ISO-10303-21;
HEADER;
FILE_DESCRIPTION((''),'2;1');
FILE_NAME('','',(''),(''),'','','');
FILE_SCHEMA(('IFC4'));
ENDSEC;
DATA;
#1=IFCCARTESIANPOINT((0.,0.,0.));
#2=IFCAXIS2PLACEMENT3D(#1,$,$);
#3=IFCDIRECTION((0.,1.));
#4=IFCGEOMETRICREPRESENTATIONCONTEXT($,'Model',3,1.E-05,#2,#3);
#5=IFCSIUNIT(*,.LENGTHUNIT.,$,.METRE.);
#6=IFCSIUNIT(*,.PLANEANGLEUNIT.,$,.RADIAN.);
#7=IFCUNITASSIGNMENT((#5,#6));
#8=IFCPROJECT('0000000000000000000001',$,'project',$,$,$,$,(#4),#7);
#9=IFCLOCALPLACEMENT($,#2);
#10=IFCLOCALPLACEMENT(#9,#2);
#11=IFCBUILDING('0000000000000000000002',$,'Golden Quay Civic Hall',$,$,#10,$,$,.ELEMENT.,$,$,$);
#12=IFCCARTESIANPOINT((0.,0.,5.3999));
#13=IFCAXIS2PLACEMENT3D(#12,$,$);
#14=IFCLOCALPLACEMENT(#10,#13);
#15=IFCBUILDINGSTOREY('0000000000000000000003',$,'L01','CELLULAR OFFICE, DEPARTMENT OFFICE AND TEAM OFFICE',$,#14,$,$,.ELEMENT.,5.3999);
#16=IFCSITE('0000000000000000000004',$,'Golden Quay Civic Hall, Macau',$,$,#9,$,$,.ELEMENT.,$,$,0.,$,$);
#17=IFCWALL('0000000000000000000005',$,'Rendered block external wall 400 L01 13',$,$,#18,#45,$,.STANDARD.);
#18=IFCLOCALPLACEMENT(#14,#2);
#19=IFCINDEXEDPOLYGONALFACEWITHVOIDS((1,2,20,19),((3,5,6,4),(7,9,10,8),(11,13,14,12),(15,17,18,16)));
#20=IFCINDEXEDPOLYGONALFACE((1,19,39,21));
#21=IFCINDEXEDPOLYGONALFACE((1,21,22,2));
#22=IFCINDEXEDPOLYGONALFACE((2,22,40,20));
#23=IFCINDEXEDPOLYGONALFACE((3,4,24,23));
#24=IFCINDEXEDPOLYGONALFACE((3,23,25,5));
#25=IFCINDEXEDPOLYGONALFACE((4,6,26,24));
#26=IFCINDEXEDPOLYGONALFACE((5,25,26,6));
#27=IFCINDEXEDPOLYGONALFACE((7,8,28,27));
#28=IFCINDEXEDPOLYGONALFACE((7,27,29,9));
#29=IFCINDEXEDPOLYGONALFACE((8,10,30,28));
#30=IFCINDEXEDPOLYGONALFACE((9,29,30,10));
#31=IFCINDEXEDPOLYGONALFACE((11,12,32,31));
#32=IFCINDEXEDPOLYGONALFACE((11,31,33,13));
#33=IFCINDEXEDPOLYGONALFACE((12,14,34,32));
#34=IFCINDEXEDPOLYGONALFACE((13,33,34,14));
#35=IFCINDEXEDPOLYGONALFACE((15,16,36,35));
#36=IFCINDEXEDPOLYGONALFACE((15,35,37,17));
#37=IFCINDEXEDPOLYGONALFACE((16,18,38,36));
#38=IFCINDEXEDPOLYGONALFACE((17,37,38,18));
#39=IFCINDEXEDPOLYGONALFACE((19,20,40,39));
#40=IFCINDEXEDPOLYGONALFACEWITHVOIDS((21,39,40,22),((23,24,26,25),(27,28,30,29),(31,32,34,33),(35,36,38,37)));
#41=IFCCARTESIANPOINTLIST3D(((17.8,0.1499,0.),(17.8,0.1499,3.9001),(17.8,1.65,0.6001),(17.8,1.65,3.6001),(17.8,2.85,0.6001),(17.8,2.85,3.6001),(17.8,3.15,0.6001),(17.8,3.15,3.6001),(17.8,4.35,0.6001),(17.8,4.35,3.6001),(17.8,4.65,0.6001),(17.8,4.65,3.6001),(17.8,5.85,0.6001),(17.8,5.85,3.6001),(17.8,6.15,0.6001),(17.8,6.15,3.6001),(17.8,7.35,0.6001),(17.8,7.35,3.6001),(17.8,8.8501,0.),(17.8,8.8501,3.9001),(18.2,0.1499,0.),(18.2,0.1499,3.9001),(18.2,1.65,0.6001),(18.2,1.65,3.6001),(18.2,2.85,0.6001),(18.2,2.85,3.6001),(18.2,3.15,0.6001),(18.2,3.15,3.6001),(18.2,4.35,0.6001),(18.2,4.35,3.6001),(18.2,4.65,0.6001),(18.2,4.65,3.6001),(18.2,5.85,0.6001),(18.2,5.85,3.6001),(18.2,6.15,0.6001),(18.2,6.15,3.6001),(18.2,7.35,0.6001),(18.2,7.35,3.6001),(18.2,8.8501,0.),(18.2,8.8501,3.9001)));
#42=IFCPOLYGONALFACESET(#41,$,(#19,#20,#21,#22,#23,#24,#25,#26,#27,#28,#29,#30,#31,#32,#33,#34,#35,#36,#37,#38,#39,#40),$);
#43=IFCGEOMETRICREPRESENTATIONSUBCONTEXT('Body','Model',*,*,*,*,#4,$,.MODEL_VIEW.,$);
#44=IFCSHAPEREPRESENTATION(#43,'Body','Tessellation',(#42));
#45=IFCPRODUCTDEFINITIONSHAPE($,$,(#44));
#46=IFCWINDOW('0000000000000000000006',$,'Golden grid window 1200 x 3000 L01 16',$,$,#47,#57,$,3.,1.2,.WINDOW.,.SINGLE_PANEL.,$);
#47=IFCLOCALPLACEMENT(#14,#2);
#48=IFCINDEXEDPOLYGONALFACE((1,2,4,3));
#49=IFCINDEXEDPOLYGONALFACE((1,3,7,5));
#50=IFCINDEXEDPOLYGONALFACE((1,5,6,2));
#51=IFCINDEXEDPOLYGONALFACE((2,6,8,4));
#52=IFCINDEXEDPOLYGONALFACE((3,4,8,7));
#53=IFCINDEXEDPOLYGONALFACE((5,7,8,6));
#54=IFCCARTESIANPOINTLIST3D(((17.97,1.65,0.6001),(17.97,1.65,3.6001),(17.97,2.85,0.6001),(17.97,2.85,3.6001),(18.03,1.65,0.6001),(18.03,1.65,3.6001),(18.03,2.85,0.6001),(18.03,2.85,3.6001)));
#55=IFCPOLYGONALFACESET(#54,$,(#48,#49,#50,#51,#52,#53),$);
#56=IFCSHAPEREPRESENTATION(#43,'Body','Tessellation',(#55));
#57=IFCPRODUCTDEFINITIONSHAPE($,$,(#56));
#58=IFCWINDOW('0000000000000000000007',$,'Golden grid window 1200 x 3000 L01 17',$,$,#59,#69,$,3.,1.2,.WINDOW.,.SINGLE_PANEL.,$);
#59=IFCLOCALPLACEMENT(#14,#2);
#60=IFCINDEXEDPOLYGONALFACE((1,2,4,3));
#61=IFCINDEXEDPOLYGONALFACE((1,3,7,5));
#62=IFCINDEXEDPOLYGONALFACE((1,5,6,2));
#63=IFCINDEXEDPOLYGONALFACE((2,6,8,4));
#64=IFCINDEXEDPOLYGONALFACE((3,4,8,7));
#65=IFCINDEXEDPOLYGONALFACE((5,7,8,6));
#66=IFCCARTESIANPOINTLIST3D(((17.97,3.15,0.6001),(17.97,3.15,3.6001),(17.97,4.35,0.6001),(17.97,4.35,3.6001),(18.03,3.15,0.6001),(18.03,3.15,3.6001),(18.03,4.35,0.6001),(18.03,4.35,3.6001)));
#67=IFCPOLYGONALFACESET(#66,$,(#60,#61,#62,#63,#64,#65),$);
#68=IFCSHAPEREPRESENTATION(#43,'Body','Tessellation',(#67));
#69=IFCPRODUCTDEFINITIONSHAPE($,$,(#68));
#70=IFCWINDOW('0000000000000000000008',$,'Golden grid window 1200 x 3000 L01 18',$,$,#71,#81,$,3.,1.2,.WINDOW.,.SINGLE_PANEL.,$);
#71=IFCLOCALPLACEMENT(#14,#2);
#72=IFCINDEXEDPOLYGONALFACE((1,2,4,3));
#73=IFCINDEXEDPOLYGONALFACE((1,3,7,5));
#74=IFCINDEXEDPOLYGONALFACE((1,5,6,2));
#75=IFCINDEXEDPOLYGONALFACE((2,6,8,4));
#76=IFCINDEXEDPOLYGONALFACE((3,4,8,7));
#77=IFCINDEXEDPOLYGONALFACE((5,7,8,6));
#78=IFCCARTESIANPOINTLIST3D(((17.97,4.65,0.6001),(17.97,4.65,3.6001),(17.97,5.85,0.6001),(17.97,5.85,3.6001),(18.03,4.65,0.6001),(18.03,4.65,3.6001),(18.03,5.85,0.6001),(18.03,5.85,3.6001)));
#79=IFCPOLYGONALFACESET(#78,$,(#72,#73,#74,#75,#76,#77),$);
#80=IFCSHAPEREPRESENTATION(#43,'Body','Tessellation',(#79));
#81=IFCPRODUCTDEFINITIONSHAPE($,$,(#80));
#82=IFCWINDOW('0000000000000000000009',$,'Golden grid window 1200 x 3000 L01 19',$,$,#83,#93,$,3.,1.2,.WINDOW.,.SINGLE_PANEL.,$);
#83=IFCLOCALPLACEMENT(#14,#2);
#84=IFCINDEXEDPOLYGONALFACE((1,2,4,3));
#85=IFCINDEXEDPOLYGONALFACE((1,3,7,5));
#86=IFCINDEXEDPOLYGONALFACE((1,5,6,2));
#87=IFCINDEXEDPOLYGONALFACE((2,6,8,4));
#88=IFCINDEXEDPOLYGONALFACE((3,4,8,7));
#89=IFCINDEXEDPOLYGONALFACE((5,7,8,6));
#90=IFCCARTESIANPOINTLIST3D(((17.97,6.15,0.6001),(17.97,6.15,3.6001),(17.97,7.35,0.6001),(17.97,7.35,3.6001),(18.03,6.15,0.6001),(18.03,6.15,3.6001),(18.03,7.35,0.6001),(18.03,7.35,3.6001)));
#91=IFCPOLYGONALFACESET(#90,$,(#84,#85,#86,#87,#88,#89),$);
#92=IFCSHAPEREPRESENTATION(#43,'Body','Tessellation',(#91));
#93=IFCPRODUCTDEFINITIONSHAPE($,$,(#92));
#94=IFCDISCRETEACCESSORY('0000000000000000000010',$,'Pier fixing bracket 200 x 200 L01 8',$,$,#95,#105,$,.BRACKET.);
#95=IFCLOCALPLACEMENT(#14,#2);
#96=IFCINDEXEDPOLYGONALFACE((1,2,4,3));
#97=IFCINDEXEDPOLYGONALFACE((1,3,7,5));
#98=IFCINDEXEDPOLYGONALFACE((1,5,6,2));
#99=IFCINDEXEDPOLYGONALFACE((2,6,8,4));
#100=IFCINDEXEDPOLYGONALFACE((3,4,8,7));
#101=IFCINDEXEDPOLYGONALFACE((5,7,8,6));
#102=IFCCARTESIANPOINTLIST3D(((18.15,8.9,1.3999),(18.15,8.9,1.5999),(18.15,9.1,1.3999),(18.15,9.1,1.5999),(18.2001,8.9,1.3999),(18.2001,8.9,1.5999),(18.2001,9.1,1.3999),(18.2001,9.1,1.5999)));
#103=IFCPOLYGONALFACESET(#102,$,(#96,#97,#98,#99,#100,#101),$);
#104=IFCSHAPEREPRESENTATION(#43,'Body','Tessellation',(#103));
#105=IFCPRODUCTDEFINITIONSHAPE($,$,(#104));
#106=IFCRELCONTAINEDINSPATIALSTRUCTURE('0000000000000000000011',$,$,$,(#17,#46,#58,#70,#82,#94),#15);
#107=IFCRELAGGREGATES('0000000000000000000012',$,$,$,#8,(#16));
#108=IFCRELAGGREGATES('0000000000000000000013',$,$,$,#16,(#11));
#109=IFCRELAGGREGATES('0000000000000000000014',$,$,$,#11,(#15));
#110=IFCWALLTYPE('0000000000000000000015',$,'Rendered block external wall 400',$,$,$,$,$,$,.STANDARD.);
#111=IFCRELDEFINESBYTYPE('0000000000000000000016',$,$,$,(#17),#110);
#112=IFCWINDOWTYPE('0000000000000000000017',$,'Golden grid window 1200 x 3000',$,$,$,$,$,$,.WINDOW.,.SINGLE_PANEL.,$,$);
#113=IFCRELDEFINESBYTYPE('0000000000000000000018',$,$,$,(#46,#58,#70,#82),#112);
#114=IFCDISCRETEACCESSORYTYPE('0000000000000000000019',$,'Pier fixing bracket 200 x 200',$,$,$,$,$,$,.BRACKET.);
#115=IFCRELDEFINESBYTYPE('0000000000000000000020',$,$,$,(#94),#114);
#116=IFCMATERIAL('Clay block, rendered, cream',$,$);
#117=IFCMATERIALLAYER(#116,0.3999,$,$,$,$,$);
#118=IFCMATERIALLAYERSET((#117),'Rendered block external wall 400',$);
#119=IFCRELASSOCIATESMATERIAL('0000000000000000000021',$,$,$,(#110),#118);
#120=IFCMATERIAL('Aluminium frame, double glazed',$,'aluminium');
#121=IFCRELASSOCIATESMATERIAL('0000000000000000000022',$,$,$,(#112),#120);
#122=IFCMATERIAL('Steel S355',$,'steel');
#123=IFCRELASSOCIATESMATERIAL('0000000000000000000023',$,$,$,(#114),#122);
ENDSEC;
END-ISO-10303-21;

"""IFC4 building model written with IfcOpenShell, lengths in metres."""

from ifc_helpers import new_model, si_unit, direction, frame, frame_2d, origin, origin_2d, place, context, subcontext, project, spatial, rectangle, extrude, material, layer, layer_set, type_object, element, fill, save


model = new_model("IFC4")

# Units and contexts
model_context = context("Model", 3, precision=1e-05, world=origin(), true_north=direction((0.0, 1.0)))
body_context = subcontext(model_context, "Body", "Model", "MODEL_VIEW")
ifc_project = project(units=[si_unit("LENGTHUNIT", "METRE"), si_unit("PLANEANGLEUNIT", "RADIAN")], contexts=[model_context])

# Site, building, storey
site_placement = place(None, origin())
site = spatial("IfcSite", under=ifc_project, at=site_placement, Name="Golden Quay Civic Hall, Macau", CompositionType="ELEMENT", RefElevation=0.0)
building_placement = place(site_placement, origin())
building = spatial("IfcBuilding", under=site, at=building_placement, Name="Golden Quay Civic Hall", CompositionType="ELEMENT")
storey_placement = place(building_placement, frame((0.0, 0.0, 5.3999)))
storey = spatial("IfcBuildingStorey", under=building, at=storey_placement, Name="L01", Description="CELLULAR OFFICE, DEPARTMENT OFFICE AND TEAM OFFICE", CompositionType="ELEMENT", Elevation=5.3999)

# Wall, openings, windows
ifc_material_1 = material(Name="Clay block, rendered, cream")
ifc_layer_1 = layer(ifc_material_1, 0.3999)
ifc_layer_set_1 = layer_set([ifc_layer_1], Name="Rendered block external wall 400")
wall_type_1 = type_object("IfcWallType", Name="Rendered block external wall 400", PredefinedType="STANDARD", material=ifc_layer_set_1)
wall_1_placement = place(storey_placement, frame((18.0, 8.8501, 0.0), z_axis=(0.0, 0.0, 1.0), x_axis=(0.0, -1.0, 0.0)))
wall_1 = element("IfcWall", 1, at=wall_1_placement, inside=storey, type_object=wall_type_1, Name="Rendered block external wall 400 L01 13", PredefinedType="STANDARD", context=body_context, shape_type="SweptSolid", body=[
    extrude(rectangle(XDim=8.7002, YDim=0.3999, at=frame_2d((4.3501, 0.0))), origin(), (0.0, 0.0, 1.0), 3.9001),
])
opening_1_placement = place(wall_1_placement, frame((6.0, 0.0, 0.6001)))
opening_1 = element("IfcOpeningElement", 2, at=opening_1_placement, cuts=wall_1, PredefinedType="OPENING", context=body_context, shape_type="SweptSolid", body=[
    extrude(rectangle(XDim=1.2, YDim=3.0, at=frame_2d((0.6001, 1.5))), frame((0.0, 0.21, 0.0), z_axis=(0.0, -1.0, 0.0), x_axis=(1.0, 0.0, 0.0)), (0.0, 0.0, 1.0), 0.4199),
])
opening_2_placement = place(wall_1_placement, frame((4.5, 0.0, 0.6001)))
opening_2 = element("IfcOpeningElement", 3, at=opening_2_placement, cuts=wall_1, PredefinedType="OPENING", context=body_context, shape_type="SweptSolid", body=[
    extrude(rectangle(XDim=1.2, YDim=3.0, at=frame_2d((0.6001, 1.5))), frame((0.0, 0.21, 0.0), z_axis=(0.0, -1.0, 0.0), x_axis=(1.0, 0.0, 0.0)), (0.0, 0.0, 1.0), 0.4199),
])
opening_3_placement = place(wall_1_placement, frame((3.0, 0.0, 0.6001)))
opening_3 = element("IfcOpeningElement", 4, at=opening_3_placement, cuts=wall_1, PredefinedType="OPENING", context=body_context, shape_type="SweptSolid", body=[
    extrude(rectangle(XDim=1.2, YDim=3.0, at=frame_2d((0.6001, 1.5))), frame((0.0, 0.21, 0.0), z_axis=(0.0, -1.0, 0.0), x_axis=(1.0, 0.0, 0.0)), (0.0, 0.0, 1.0), 0.4199),
])
opening_4_placement = place(wall_1_placement, frame((1.5, 0.0, 0.6001)))
opening_4 = element("IfcOpeningElement", 5, at=opening_4_placement, cuts=wall_1, PredefinedType="OPENING", context=body_context, shape_type="SweptSolid", body=[
    extrude(rectangle(XDim=1.2, YDim=3.0, at=frame_2d((0.6001, 1.5))), frame((0.0, 0.21, 0.0), z_axis=(0.0, -1.0, 0.0), x_axis=(1.0, 0.0, 0.0)), (0.0, 0.0, 1.0), 0.4199),
])
ifc_material_2 = material(Name="Aluminium frame, double glazed", Category="aluminium")
window_type = type_object("IfcWindowType", Name="Golden grid window 1200 x 3000", PartitioningType="SINGLE_PANEL", PredefinedType="WINDOW", material=ifc_material_2)
window_1_placement = place(opening_1_placement, origin())
window_1 = element("IfcWindow", 6, at=window_1_placement, inside=storey, type_object=window_type, Name="Golden grid window 1200 x 3000 L01 16", OverallHeight=3.0, OverallWidth=1.2, PartitioningType="SINGLE_PANEL", PredefinedType="WINDOW", context=body_context, shape_type="SweptSolid", body=[
    extrude(rectangle(XDim=1.2, YDim=3.0, at=frame_2d((0.6001, 1.5))), frame((0.0, 0.03, 0.0), z_axis=(0.0, -1.0, 0.0), x_axis=(1.0, 0.0, 0.0)), (0.0, 0.0, 1.0), 0.0601),
])
fill(opening_1, window_1)
window_2_placement = place(opening_2_placement, origin())
window_2 = element("IfcWindow", 7, at=window_2_placement, inside=storey, type_object=window_type, Name="Golden grid window 1200 x 3000 L01 17", OverallHeight=3.0, OverallWidth=1.2, PartitioningType="SINGLE_PANEL", PredefinedType="WINDOW", context=body_context, shape_type="SweptSolid", body=[
    extrude(rectangle(XDim=1.2, YDim=3.0, at=frame_2d((0.6001, 1.5))), frame((0.0, 0.03, 0.0), z_axis=(0.0, -1.0, 0.0), x_axis=(1.0, 0.0, 0.0)), (0.0, 0.0, 1.0), 0.0601),
])
fill(opening_2, window_2)
window_3_placement = place(opening_3_placement, origin())
window_3 = element("IfcWindow", 8, at=window_3_placement, inside=storey, type_object=window_type, Name="Golden grid window 1200 x 3000 L01 18", OverallHeight=3.0, OverallWidth=1.2, PartitioningType="SINGLE_PANEL", PredefinedType="WINDOW", context=body_context, shape_type="SweptSolid", body=[
    extrude(rectangle(XDim=1.2, YDim=3.0, at=frame_2d((0.6001, 1.5))), frame((0.0, 0.03, 0.0), z_axis=(0.0, -1.0, 0.0), x_axis=(1.0, 0.0, 0.0)), (0.0, 0.0, 1.0), 0.0601),
])
fill(opening_3, window_3)
window_4_placement = place(opening_4_placement, origin())
window_4 = element("IfcWindow", 9, at=window_4_placement, inside=storey, type_object=window_type, Name="Golden grid window 1200 x 3000 L01 19", OverallHeight=3.0, OverallWidth=1.2, PartitioningType="SINGLE_PANEL", PredefinedType="WINDOW", context=body_context, shape_type="SweptSolid", body=[
    extrude(rectangle(XDim=1.2, YDim=3.0, at=frame_2d((0.6001, 1.5))), frame((0.0, 0.03, 0.0), z_axis=(0.0, -1.0, 0.0), x_axis=(1.0, 0.0, 0.0)), (0.0, 0.0, 1.0), 0.0601),
])
fill(opening_4, window_4)

# Discrete accessory
ifc_material_3 = material(Name="Steel S355", Category="steel")
discrete_accessory_type = type_object("IfcDiscreteAccessoryType", Name="Pier fixing bracket 200 x 200", PredefinedType="BRACKET", material=ifc_material_3)
discrete_accessory_placement = place(storey_placement, frame((18.175, 9.0, 1.3999), z_axis=(0.0, 0.0, 1.0), x_axis=(0.0, 1.0, 0.0)))
element("IfcDiscreteAccessory", 10, at=discrete_accessory_placement, inside=storey, type_object=discrete_accessory_type, Name="Pier fixing bracket 200 x 200 L01 8", PredefinedType="BRACKET", context=body_context, shape_type="SweptSolid", body=[
    extrude(rectangle(XDim=0.2, YDim=0.05, at=origin_2d()), origin(), (0.0, 0.0, 1.0), 0.2),
])

save(model, "model.ifc")
